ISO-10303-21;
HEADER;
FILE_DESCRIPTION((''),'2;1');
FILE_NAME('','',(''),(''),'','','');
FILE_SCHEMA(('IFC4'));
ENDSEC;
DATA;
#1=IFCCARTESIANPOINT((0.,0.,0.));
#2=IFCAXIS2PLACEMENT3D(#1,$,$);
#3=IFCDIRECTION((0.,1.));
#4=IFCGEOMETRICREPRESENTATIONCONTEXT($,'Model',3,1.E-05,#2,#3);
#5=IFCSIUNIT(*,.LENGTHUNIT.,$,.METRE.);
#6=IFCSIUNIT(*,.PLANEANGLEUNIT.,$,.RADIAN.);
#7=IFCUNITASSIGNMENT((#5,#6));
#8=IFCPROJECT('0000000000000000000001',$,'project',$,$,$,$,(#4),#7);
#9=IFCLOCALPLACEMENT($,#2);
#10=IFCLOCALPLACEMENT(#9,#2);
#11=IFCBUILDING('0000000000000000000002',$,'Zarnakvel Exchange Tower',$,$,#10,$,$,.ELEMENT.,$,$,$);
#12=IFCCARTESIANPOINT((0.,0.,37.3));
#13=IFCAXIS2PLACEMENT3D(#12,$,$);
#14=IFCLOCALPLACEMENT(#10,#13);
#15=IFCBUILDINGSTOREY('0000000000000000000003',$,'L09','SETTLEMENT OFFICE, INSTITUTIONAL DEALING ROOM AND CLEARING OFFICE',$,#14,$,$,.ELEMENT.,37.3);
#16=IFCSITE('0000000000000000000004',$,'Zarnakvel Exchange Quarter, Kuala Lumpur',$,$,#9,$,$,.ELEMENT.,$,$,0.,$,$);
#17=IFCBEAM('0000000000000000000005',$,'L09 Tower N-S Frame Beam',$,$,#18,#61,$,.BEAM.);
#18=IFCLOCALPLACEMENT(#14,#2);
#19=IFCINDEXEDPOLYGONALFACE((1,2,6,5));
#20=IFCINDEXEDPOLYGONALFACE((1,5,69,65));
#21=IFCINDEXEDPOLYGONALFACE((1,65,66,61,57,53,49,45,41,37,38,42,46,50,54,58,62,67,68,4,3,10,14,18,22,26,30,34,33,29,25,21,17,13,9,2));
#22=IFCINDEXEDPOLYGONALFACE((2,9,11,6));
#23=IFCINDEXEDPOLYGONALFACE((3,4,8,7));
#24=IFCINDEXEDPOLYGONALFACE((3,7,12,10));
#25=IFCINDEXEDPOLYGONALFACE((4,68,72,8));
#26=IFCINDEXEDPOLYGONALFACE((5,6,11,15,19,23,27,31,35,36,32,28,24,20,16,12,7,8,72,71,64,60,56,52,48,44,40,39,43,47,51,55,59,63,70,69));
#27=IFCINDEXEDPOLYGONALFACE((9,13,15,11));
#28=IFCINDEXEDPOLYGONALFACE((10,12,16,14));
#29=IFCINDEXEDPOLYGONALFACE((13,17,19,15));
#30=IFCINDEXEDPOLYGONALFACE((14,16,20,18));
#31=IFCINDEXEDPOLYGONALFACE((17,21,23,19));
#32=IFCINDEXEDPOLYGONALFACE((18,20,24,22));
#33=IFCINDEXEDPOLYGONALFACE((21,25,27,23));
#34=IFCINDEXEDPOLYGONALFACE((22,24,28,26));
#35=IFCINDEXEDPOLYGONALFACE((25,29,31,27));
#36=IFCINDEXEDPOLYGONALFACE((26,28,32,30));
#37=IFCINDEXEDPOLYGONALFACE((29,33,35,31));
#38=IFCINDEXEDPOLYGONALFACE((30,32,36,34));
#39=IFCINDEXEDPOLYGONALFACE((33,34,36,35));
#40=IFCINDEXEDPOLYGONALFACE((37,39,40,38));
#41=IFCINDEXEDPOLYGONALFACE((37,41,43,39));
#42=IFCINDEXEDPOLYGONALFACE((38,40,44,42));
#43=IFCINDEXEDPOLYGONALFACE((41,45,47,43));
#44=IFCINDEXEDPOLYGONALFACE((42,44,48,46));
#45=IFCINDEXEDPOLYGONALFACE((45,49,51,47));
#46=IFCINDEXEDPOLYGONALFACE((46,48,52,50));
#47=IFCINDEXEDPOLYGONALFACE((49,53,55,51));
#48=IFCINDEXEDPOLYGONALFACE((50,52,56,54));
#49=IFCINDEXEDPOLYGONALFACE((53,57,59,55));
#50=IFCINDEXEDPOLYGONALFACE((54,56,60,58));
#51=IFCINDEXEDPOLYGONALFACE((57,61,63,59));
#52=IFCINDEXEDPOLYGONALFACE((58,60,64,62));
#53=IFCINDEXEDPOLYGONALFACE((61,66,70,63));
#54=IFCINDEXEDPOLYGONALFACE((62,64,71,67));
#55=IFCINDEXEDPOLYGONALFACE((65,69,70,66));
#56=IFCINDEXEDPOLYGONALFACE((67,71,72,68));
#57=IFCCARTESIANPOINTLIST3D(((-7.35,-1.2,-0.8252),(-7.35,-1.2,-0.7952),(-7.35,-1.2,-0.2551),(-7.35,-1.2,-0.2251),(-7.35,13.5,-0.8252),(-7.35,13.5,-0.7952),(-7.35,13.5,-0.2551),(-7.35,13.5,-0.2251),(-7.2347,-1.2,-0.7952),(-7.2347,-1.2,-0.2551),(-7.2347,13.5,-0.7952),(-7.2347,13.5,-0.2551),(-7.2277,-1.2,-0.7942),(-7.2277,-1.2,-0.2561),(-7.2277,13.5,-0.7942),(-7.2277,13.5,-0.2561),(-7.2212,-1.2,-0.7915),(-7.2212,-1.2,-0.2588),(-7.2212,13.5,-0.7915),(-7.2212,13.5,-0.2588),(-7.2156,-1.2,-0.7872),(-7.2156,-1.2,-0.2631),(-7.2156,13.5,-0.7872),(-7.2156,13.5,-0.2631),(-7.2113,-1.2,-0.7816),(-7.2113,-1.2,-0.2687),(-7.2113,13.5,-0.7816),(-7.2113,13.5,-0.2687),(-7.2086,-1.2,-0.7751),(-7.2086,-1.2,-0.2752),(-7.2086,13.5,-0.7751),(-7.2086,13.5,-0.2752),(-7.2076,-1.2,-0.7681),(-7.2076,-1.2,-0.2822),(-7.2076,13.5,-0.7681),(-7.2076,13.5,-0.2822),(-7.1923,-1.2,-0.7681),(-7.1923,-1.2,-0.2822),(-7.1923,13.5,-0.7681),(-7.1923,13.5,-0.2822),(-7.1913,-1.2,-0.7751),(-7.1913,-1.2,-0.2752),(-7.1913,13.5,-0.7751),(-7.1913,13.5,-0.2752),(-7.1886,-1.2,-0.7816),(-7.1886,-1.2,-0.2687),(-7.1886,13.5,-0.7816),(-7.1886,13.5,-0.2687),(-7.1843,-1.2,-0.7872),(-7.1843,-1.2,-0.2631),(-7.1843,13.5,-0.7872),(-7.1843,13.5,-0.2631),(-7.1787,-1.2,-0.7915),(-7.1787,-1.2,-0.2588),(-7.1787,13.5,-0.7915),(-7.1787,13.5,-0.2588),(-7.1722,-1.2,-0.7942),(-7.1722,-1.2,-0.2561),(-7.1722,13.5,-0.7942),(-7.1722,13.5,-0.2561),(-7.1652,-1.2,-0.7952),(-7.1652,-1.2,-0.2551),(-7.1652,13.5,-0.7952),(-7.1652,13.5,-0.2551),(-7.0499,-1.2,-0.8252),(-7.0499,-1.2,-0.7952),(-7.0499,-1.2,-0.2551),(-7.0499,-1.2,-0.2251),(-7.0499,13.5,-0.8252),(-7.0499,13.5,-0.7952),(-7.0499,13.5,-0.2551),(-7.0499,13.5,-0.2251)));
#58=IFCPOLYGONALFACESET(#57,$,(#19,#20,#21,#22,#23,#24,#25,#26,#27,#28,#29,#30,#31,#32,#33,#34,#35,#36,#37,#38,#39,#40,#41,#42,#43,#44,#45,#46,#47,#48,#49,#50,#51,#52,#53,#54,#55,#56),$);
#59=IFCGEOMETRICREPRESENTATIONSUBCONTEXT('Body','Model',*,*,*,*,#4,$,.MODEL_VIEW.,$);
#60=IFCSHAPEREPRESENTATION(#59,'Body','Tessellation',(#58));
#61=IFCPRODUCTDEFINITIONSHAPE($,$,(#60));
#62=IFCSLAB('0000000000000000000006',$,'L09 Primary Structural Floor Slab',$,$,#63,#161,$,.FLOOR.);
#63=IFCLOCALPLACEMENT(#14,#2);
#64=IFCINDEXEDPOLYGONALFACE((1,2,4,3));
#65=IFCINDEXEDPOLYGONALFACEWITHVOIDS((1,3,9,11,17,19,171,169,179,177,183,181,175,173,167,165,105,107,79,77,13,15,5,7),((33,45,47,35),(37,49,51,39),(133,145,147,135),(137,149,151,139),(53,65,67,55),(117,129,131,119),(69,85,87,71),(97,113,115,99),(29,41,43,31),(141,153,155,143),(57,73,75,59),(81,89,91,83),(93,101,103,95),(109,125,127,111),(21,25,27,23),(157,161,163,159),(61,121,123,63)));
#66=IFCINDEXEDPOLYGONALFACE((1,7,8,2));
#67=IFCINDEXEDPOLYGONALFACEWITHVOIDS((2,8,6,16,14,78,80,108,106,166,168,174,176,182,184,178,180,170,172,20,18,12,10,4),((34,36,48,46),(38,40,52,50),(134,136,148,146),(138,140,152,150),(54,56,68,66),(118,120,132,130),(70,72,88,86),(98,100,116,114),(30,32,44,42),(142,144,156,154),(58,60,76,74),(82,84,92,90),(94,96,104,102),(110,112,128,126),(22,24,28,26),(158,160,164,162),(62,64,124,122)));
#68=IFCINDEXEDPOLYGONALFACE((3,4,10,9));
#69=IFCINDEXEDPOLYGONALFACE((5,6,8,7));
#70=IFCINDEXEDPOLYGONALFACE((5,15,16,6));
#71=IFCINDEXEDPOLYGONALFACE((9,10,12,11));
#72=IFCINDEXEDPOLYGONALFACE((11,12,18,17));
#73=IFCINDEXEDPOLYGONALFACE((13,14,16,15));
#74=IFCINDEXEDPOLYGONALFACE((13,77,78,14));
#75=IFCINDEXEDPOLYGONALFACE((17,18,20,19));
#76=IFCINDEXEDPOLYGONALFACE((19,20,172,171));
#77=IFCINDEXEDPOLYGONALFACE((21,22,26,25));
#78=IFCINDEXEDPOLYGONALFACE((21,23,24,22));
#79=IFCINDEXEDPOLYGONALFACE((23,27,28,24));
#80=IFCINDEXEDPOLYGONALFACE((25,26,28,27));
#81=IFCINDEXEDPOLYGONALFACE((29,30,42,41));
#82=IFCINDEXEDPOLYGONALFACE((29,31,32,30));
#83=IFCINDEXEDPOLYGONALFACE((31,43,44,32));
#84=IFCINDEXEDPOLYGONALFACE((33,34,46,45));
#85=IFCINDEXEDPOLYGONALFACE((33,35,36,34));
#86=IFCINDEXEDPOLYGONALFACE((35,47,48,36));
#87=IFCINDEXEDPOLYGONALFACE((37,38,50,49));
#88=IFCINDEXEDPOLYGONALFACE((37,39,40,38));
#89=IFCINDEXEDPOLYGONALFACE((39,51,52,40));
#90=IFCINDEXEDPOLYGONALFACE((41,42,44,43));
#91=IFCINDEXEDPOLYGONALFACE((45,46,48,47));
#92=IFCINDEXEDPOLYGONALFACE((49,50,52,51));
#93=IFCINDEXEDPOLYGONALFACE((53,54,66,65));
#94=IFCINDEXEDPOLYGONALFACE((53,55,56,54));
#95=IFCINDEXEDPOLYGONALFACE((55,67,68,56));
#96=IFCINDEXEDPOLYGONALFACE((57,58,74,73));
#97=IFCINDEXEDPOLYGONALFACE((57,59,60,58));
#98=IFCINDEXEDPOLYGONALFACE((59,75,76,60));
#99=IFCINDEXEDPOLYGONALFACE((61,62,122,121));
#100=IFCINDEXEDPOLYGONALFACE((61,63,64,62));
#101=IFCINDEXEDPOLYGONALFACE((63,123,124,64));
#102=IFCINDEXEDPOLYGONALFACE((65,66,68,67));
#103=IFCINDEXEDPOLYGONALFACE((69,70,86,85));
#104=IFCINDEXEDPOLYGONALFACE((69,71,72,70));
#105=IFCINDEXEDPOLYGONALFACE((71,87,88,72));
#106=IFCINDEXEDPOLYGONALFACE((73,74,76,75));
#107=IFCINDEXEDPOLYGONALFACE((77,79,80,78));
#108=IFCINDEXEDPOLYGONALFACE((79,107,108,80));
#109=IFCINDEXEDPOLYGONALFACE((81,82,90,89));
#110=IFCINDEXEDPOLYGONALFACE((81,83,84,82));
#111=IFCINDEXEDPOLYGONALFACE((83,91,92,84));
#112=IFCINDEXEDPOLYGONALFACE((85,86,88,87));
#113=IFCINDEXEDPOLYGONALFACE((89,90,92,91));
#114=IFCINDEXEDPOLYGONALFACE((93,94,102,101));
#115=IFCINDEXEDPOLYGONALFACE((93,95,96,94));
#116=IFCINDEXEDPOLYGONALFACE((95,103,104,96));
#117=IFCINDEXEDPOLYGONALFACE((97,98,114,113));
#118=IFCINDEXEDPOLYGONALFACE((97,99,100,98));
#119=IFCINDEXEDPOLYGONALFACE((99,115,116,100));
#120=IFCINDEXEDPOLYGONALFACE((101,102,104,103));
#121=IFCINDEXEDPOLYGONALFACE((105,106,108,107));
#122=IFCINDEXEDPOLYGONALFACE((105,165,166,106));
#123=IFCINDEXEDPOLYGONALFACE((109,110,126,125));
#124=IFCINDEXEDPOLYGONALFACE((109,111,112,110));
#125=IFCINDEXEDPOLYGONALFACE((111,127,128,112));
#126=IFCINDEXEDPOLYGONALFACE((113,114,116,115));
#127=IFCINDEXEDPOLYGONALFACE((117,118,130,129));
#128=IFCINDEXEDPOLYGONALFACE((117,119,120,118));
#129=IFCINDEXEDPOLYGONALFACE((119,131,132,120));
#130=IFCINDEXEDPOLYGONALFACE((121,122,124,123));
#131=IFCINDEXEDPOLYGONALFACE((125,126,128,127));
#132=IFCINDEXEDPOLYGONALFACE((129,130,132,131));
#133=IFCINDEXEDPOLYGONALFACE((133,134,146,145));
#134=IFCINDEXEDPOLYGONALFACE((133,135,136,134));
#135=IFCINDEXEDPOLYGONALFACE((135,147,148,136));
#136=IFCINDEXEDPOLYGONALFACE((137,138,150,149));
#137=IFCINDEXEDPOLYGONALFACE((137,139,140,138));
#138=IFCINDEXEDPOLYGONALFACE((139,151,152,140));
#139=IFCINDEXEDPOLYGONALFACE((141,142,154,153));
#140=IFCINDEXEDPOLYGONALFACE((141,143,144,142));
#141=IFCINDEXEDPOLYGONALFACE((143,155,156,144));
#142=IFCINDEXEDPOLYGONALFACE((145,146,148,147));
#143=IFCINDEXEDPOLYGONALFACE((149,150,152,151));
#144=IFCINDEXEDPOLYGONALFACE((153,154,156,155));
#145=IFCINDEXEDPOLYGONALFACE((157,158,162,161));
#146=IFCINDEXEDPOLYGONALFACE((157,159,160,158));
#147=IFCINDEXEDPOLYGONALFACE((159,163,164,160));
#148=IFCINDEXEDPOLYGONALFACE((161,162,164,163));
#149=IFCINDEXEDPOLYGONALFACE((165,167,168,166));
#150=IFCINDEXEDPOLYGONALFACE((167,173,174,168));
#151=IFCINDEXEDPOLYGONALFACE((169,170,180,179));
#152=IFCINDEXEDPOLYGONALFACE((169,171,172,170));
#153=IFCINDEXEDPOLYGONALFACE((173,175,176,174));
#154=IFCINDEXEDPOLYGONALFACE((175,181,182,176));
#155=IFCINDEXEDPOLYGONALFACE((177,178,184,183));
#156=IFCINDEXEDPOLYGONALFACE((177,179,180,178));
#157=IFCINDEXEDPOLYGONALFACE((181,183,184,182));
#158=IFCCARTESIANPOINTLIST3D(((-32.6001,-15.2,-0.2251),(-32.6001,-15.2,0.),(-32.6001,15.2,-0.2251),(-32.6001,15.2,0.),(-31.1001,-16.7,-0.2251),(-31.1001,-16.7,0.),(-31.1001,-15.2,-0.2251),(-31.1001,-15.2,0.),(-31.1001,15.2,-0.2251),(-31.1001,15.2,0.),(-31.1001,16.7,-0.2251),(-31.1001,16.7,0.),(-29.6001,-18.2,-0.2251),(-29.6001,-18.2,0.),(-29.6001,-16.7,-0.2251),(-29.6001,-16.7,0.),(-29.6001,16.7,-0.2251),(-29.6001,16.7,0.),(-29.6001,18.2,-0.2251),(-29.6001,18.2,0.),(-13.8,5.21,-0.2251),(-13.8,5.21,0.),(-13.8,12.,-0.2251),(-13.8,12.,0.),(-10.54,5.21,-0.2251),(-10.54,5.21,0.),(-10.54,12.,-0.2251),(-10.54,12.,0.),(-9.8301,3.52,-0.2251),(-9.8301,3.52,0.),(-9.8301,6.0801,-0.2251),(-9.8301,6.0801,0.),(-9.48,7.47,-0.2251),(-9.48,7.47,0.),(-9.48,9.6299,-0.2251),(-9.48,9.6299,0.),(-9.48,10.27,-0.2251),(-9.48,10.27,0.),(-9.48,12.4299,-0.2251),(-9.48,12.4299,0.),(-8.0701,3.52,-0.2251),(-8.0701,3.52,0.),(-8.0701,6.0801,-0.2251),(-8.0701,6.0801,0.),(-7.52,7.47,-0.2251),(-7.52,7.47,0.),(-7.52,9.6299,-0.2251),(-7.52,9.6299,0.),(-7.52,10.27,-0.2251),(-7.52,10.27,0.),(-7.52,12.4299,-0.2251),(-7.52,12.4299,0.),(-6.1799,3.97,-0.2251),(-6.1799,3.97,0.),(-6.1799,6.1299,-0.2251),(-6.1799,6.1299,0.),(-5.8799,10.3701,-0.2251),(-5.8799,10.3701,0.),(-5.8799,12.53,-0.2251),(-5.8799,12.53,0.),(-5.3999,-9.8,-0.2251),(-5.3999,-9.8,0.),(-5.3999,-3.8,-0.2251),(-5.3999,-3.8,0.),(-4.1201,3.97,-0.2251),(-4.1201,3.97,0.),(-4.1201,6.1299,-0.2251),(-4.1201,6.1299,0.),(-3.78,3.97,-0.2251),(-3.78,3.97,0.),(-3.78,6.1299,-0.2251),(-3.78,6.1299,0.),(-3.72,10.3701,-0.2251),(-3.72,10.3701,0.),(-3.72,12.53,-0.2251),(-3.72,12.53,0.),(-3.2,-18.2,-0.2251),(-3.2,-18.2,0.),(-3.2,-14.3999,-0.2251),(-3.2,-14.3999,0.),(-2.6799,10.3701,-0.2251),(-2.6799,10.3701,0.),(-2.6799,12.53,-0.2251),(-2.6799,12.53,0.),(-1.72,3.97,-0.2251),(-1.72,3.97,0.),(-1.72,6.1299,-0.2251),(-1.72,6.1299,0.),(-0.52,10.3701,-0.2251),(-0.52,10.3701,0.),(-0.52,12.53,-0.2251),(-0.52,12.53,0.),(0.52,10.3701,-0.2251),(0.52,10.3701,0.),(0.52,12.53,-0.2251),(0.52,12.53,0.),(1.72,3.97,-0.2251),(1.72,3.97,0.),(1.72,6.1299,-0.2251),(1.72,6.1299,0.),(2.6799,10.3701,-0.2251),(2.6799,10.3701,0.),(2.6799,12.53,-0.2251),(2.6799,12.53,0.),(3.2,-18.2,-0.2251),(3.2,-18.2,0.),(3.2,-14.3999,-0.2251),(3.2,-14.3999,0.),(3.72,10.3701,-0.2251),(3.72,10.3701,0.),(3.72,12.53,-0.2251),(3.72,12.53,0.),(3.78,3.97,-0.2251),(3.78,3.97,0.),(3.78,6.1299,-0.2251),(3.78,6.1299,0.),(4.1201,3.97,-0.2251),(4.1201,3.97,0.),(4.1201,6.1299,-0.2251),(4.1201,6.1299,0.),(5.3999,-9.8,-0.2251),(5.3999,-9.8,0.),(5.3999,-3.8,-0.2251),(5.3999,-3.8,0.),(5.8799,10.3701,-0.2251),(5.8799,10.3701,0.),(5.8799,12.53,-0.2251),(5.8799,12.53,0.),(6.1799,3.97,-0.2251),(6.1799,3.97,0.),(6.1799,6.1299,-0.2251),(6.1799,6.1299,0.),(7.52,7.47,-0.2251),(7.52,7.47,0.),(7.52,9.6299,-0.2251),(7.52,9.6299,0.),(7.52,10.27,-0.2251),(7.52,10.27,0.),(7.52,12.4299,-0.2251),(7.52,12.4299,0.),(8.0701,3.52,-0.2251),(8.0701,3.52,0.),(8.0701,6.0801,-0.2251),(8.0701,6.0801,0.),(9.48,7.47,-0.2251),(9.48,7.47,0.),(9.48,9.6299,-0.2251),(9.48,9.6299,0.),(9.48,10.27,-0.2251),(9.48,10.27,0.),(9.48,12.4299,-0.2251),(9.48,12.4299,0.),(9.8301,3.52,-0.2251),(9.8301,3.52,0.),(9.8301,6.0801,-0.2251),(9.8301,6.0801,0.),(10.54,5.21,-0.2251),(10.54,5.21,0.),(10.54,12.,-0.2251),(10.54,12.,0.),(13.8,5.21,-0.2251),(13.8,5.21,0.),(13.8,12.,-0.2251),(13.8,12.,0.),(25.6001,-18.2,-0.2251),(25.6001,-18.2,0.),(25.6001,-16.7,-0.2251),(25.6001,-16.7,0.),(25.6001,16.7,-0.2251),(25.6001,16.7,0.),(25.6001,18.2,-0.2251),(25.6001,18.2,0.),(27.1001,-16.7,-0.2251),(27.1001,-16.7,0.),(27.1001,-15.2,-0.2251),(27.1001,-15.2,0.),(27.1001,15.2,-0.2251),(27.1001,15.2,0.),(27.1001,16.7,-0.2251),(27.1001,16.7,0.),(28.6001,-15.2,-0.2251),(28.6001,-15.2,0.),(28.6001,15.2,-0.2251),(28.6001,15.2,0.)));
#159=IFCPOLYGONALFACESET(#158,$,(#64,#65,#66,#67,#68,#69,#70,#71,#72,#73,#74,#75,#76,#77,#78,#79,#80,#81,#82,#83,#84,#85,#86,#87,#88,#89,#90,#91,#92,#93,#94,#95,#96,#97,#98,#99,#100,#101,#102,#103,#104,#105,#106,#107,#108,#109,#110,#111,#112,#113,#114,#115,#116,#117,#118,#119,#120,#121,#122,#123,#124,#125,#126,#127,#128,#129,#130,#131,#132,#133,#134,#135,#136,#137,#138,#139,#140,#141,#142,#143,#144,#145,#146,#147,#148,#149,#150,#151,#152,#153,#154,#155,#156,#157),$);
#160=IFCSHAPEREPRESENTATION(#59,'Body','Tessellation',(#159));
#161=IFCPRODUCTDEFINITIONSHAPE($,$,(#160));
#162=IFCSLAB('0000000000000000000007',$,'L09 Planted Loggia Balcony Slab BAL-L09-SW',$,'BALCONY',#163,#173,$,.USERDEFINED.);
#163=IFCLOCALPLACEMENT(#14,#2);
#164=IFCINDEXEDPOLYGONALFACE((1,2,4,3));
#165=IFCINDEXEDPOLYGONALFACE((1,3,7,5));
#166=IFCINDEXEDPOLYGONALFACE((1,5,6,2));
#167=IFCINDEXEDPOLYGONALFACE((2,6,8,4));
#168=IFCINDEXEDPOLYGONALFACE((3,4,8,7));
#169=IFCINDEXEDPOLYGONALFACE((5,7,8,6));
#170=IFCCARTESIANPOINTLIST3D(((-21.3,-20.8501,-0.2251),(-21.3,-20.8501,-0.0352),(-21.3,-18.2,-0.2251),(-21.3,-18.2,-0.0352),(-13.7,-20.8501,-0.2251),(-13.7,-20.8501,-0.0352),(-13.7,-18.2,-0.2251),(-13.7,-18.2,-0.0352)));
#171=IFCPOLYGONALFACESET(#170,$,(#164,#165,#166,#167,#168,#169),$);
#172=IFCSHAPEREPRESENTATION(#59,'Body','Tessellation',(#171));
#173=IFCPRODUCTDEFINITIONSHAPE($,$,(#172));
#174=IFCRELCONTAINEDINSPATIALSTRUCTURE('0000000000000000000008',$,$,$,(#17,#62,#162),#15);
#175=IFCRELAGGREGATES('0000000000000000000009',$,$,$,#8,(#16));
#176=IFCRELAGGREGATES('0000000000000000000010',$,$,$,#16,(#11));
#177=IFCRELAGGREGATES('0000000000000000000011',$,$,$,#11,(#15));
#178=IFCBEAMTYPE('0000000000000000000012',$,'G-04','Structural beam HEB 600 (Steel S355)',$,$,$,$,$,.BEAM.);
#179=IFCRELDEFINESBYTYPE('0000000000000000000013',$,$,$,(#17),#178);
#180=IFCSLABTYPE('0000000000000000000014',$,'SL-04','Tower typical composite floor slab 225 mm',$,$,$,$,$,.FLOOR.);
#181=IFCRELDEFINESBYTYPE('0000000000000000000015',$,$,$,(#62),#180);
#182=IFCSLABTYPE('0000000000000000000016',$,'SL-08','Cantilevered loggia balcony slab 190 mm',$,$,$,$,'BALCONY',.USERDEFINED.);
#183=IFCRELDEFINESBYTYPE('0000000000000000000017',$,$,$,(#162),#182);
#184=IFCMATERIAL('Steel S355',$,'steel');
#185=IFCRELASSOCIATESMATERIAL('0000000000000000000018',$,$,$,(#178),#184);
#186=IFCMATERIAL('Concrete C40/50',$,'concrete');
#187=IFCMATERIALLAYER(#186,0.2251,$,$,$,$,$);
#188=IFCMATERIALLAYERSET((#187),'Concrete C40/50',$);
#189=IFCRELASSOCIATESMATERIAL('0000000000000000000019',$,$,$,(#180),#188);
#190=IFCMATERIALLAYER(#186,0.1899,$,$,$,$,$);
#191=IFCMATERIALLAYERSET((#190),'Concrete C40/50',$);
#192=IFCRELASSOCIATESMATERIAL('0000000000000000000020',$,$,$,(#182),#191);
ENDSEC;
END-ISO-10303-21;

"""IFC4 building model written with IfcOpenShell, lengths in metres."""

from ifc_helpers import new_model, si_unit, direction, frame, origin, origin_2d, place, context, subcontext, project, spatial, polyline, i_section, outline, extrude, material, layer, layer_set, material_profile, profile_set, type_object, element, save


model = new_model("IFC4")

# Units and contexts
model_context = context("Model", 3, precision=1e-05, world=origin(), true_north=direction((0.0, 1.0)))
body_context = subcontext(model_context, "Body", "Model", "MODEL_VIEW")
ifc_project = project(units=[si_unit("LENGTHUNIT", "METRE"), si_unit("PLANEANGLEUNIT", "RADIAN")], contexts=[model_context])

# Site, building, storey
site_placement = place(None, origin())
site = spatial("IfcSite", under=ifc_project, at=site_placement, Name="Zarnakvel Exchange Quarter, Kuala Lumpur", CompositionType="ELEMENT", RefElevation=0.0)
building_placement = place(site_placement, origin())
building = spatial("IfcBuilding", under=site, at=building_placement, Name="Zarnakvel Exchange Tower", CompositionType="ELEMENT")
storey_placement = place(building_placement, frame((0.0, 0.0, 37.3)))
storey = spatial("IfcBuildingStorey", under=building, at=storey_placement, Name="L09", Description="SETTLEMENT OFFICE, INSTITUTIONAL DEALING ROOM AND CLEARING OFFICE", CompositionType="ELEMENT", Elevation=37.3)

# Beam
ifc_material_1 = material(Name="Steel S355", Category="steel")
ifc_material_profile_1 = material_profile(ifc_material_1, i_section(OverallWidth=0.3, OverallDepth=0.6001, WebThickness=0.0154, FlangeThickness=0.03, FilletRadius=0.0271, at=origin_2d()))
ifc_profile_set_1 = profile_set([ifc_material_profile_1], Name="Steel S355")
beam_type_1 = type_object("IfcBeamType", Name="G-04", Description="Structural beam HEB 600 (Steel S355)", PredefinedType="BEAM", material=ifc_profile_set_1)
beam_1_placement = place(storey_placement, frame((-7.2, -1.2, -0.5251), z_axis=(0.0, 1.0, 0.0), x_axis=(-1.0, 0.0, 0.0)))
element("IfcBeam", 1, at=beam_1_placement, inside=storey, type_object=beam_type_1, Name="L09 Tower N-S Frame Beam", PredefinedType="BEAM", context=body_context, shape_type="SweptSolid", body=[
    extrude(i_section(OverallWidth=0.3, OverallDepth=0.6001, WebThickness=0.0154, FlangeThickness=0.03, FilletRadius=0.0271, at=origin_2d()), origin(), (0.0, 0.0, 1.0), 14.7),
])

# Slabs
ifc_material_2 = material(Name="Concrete C40/50", Category="concrete")
ifc_layer_1 = layer(ifc_material_2, 0.2251)
ifc_layer_set_1 = layer_set([ifc_layer_1], Name="Concrete C40/50")
slab_type_1 = type_object("IfcSlabType", Name="SL-04", Description="Tower typical composite floor slab 225 mm", PredefinedType="FLOOR", material=ifc_layer_set_1)
slab_1_placement = place(storey_placement, frame((0.0, 0.0, -0.2251)))
element("IfcSlab", 2, at=slab_1_placement, inside=storey, type_object=slab_type_1, Name="L09 Primary Structural Floor Slab", PredefinedType="FLOOR", context=body_context, shape_type="SweptSolid", body=[
    extrude(outline(polyline([(-32.6001, -15.2), (-31.1001, -15.2), (-31.1001, -16.7), (-29.6001, -16.7), (-29.6001, -18.2), (-3.2, -18.2), (-3.2, -14.3999), (3.2, -14.3999), (3.2, -18.2), (25.6001, -18.2), (25.6001, -16.7), (27.1001, -16.7), (27.1001, -15.2), (28.6001, -15.2), (28.6001, 15.2), (27.1001, 15.2), (27.1001, 16.7), (25.6001, 16.7), (25.6001, 18.2), (-29.6001, 18.2), (-29.6001, 16.7), (-31.1001, 16.7), (-31.1001, 15.2), (-32.6001, 15.2), (-32.6001, -15.2)]), holes=[polyline([(-5.3999, -9.8), (5.3999, -9.8), (5.3999, -3.8), (-5.3999, -3.8), (-5.3999, -9.8)]), polyline([(-13.8, 5.21), (-10.54, 5.21), (-10.54, 12.0), (-13.8, 12.0), (-13.8, 5.21)]), polyline([(10.54, 5.21), (13.8, 5.21), (13.8, 12.0), (10.54, 12.0), (10.54, 5.21)]), polyline([(-9.8301, 3.52), (-8.0701, 3.52), (-8.0701, 6.0801), (-9.8301, 6.0801), (-9.8301, 3.52)]), polyline([(8.0701, 3.52), (9.8301, 3.52), (9.8301, 6.0801), (8.0701, 6.0801), (8.0701, 3.52)]), polyline([(-5.8799, 10.3701), (-3.72, 10.3701), (-3.72, 12.53), (-5.8799, 12.53), (-5.8799, 10.3701)]), polyline([(-2.6799, 10.3701), (-0.52, 10.3701), (-0.52, 12.53), (-2.6799, 12.53), (-2.6799, 10.3701)]), polyline([(0.52, 10.3701), (2.6799, 10.3701), (2.6799, 12.53), (0.52, 12.53), (0.52, 10.3701)]), polyline([(3.72, 10.3701), (5.8799, 10.3701), (5.8799, 12.53), (3.72, 12.53), (3.72, 10.3701)]), polyline([(-6.1799, 3.97), (-4.1201, 3.97), (-4.1201, 6.1299), (-6.1799, 6.1299), (-6.1799, 3.97)]), polyline([(-3.78, 3.97), (-1.72, 3.97), (-1.72, 6.1299), (-3.78, 6.1299), (-3.78, 3.97)]), polyline([(1.72, 3.97), (3.78, 3.97), (3.78, 6.1299), (1.72, 6.1299), (1.72, 3.97)]), polyline([(4.1201, 3.97), (6.1799, 3.97), (6.1799, 6.1299), (4.1201, 6.1299), (4.1201, 3.97)]), polyline([(-9.48, 7.47), (-7.52, 7.47), (-7.52, 9.6299), (-9.48, 9.6299), (-9.48, 7.47)]), polyline([(-9.48, 10.27), (-7.52, 10.27), (-7.52, 12.4299), (-9.48, 12.4299), (-9.48, 10.27)]), polyline([(7.52, 7.47), (9.48, 7.47), (9.48, 9.6299), (7.52, 9.6299), (7.52, 7.47)]), polyline([(7.52, 10.27), (9.48, 10.27), (9.48, 12.4299), (7.52, 12.4299), (7.52, 10.27)])]), origin(), (0.0, 0.0, 1.0), 0.2251),
])
ifc_layer_2 = layer(ifc_material_2, 0.1899)
ifc_layer_set_2 = layer_set([ifc_layer_2], Name="Concrete C40/50")
slab_type_2 = type_object("IfcSlabType", Name="SL-08", Description="Cantilevered loggia balcony slab 190 mm", ElementType="BALCONY", PredefinedType="USERDEFINED", material=ifc_layer_set_2)
slab_2_placement = place(storey_placement, frame((0.0, 0.0, -0.2251)))
element("IfcSlab", 3, at=slab_2_placement, inside=storey, type_object=slab_type_2, Name="L09 Planted Loggia Balcony Slab BAL-L09-SW", ObjectType="BALCONY", PredefinedType="USERDEFINED", context=body_context, shape_type="SweptSolid", body=[
    extrude(outline(polyline([(-21.3, -20.8501), (-13.7, -20.8501), (-13.7, -18.2), (-21.3, -18.2), (-21.3, -20.8501)])), origin(), (0.0, 0.0, 1.0), 0.1899),
])

save(model, "model.ifc")
